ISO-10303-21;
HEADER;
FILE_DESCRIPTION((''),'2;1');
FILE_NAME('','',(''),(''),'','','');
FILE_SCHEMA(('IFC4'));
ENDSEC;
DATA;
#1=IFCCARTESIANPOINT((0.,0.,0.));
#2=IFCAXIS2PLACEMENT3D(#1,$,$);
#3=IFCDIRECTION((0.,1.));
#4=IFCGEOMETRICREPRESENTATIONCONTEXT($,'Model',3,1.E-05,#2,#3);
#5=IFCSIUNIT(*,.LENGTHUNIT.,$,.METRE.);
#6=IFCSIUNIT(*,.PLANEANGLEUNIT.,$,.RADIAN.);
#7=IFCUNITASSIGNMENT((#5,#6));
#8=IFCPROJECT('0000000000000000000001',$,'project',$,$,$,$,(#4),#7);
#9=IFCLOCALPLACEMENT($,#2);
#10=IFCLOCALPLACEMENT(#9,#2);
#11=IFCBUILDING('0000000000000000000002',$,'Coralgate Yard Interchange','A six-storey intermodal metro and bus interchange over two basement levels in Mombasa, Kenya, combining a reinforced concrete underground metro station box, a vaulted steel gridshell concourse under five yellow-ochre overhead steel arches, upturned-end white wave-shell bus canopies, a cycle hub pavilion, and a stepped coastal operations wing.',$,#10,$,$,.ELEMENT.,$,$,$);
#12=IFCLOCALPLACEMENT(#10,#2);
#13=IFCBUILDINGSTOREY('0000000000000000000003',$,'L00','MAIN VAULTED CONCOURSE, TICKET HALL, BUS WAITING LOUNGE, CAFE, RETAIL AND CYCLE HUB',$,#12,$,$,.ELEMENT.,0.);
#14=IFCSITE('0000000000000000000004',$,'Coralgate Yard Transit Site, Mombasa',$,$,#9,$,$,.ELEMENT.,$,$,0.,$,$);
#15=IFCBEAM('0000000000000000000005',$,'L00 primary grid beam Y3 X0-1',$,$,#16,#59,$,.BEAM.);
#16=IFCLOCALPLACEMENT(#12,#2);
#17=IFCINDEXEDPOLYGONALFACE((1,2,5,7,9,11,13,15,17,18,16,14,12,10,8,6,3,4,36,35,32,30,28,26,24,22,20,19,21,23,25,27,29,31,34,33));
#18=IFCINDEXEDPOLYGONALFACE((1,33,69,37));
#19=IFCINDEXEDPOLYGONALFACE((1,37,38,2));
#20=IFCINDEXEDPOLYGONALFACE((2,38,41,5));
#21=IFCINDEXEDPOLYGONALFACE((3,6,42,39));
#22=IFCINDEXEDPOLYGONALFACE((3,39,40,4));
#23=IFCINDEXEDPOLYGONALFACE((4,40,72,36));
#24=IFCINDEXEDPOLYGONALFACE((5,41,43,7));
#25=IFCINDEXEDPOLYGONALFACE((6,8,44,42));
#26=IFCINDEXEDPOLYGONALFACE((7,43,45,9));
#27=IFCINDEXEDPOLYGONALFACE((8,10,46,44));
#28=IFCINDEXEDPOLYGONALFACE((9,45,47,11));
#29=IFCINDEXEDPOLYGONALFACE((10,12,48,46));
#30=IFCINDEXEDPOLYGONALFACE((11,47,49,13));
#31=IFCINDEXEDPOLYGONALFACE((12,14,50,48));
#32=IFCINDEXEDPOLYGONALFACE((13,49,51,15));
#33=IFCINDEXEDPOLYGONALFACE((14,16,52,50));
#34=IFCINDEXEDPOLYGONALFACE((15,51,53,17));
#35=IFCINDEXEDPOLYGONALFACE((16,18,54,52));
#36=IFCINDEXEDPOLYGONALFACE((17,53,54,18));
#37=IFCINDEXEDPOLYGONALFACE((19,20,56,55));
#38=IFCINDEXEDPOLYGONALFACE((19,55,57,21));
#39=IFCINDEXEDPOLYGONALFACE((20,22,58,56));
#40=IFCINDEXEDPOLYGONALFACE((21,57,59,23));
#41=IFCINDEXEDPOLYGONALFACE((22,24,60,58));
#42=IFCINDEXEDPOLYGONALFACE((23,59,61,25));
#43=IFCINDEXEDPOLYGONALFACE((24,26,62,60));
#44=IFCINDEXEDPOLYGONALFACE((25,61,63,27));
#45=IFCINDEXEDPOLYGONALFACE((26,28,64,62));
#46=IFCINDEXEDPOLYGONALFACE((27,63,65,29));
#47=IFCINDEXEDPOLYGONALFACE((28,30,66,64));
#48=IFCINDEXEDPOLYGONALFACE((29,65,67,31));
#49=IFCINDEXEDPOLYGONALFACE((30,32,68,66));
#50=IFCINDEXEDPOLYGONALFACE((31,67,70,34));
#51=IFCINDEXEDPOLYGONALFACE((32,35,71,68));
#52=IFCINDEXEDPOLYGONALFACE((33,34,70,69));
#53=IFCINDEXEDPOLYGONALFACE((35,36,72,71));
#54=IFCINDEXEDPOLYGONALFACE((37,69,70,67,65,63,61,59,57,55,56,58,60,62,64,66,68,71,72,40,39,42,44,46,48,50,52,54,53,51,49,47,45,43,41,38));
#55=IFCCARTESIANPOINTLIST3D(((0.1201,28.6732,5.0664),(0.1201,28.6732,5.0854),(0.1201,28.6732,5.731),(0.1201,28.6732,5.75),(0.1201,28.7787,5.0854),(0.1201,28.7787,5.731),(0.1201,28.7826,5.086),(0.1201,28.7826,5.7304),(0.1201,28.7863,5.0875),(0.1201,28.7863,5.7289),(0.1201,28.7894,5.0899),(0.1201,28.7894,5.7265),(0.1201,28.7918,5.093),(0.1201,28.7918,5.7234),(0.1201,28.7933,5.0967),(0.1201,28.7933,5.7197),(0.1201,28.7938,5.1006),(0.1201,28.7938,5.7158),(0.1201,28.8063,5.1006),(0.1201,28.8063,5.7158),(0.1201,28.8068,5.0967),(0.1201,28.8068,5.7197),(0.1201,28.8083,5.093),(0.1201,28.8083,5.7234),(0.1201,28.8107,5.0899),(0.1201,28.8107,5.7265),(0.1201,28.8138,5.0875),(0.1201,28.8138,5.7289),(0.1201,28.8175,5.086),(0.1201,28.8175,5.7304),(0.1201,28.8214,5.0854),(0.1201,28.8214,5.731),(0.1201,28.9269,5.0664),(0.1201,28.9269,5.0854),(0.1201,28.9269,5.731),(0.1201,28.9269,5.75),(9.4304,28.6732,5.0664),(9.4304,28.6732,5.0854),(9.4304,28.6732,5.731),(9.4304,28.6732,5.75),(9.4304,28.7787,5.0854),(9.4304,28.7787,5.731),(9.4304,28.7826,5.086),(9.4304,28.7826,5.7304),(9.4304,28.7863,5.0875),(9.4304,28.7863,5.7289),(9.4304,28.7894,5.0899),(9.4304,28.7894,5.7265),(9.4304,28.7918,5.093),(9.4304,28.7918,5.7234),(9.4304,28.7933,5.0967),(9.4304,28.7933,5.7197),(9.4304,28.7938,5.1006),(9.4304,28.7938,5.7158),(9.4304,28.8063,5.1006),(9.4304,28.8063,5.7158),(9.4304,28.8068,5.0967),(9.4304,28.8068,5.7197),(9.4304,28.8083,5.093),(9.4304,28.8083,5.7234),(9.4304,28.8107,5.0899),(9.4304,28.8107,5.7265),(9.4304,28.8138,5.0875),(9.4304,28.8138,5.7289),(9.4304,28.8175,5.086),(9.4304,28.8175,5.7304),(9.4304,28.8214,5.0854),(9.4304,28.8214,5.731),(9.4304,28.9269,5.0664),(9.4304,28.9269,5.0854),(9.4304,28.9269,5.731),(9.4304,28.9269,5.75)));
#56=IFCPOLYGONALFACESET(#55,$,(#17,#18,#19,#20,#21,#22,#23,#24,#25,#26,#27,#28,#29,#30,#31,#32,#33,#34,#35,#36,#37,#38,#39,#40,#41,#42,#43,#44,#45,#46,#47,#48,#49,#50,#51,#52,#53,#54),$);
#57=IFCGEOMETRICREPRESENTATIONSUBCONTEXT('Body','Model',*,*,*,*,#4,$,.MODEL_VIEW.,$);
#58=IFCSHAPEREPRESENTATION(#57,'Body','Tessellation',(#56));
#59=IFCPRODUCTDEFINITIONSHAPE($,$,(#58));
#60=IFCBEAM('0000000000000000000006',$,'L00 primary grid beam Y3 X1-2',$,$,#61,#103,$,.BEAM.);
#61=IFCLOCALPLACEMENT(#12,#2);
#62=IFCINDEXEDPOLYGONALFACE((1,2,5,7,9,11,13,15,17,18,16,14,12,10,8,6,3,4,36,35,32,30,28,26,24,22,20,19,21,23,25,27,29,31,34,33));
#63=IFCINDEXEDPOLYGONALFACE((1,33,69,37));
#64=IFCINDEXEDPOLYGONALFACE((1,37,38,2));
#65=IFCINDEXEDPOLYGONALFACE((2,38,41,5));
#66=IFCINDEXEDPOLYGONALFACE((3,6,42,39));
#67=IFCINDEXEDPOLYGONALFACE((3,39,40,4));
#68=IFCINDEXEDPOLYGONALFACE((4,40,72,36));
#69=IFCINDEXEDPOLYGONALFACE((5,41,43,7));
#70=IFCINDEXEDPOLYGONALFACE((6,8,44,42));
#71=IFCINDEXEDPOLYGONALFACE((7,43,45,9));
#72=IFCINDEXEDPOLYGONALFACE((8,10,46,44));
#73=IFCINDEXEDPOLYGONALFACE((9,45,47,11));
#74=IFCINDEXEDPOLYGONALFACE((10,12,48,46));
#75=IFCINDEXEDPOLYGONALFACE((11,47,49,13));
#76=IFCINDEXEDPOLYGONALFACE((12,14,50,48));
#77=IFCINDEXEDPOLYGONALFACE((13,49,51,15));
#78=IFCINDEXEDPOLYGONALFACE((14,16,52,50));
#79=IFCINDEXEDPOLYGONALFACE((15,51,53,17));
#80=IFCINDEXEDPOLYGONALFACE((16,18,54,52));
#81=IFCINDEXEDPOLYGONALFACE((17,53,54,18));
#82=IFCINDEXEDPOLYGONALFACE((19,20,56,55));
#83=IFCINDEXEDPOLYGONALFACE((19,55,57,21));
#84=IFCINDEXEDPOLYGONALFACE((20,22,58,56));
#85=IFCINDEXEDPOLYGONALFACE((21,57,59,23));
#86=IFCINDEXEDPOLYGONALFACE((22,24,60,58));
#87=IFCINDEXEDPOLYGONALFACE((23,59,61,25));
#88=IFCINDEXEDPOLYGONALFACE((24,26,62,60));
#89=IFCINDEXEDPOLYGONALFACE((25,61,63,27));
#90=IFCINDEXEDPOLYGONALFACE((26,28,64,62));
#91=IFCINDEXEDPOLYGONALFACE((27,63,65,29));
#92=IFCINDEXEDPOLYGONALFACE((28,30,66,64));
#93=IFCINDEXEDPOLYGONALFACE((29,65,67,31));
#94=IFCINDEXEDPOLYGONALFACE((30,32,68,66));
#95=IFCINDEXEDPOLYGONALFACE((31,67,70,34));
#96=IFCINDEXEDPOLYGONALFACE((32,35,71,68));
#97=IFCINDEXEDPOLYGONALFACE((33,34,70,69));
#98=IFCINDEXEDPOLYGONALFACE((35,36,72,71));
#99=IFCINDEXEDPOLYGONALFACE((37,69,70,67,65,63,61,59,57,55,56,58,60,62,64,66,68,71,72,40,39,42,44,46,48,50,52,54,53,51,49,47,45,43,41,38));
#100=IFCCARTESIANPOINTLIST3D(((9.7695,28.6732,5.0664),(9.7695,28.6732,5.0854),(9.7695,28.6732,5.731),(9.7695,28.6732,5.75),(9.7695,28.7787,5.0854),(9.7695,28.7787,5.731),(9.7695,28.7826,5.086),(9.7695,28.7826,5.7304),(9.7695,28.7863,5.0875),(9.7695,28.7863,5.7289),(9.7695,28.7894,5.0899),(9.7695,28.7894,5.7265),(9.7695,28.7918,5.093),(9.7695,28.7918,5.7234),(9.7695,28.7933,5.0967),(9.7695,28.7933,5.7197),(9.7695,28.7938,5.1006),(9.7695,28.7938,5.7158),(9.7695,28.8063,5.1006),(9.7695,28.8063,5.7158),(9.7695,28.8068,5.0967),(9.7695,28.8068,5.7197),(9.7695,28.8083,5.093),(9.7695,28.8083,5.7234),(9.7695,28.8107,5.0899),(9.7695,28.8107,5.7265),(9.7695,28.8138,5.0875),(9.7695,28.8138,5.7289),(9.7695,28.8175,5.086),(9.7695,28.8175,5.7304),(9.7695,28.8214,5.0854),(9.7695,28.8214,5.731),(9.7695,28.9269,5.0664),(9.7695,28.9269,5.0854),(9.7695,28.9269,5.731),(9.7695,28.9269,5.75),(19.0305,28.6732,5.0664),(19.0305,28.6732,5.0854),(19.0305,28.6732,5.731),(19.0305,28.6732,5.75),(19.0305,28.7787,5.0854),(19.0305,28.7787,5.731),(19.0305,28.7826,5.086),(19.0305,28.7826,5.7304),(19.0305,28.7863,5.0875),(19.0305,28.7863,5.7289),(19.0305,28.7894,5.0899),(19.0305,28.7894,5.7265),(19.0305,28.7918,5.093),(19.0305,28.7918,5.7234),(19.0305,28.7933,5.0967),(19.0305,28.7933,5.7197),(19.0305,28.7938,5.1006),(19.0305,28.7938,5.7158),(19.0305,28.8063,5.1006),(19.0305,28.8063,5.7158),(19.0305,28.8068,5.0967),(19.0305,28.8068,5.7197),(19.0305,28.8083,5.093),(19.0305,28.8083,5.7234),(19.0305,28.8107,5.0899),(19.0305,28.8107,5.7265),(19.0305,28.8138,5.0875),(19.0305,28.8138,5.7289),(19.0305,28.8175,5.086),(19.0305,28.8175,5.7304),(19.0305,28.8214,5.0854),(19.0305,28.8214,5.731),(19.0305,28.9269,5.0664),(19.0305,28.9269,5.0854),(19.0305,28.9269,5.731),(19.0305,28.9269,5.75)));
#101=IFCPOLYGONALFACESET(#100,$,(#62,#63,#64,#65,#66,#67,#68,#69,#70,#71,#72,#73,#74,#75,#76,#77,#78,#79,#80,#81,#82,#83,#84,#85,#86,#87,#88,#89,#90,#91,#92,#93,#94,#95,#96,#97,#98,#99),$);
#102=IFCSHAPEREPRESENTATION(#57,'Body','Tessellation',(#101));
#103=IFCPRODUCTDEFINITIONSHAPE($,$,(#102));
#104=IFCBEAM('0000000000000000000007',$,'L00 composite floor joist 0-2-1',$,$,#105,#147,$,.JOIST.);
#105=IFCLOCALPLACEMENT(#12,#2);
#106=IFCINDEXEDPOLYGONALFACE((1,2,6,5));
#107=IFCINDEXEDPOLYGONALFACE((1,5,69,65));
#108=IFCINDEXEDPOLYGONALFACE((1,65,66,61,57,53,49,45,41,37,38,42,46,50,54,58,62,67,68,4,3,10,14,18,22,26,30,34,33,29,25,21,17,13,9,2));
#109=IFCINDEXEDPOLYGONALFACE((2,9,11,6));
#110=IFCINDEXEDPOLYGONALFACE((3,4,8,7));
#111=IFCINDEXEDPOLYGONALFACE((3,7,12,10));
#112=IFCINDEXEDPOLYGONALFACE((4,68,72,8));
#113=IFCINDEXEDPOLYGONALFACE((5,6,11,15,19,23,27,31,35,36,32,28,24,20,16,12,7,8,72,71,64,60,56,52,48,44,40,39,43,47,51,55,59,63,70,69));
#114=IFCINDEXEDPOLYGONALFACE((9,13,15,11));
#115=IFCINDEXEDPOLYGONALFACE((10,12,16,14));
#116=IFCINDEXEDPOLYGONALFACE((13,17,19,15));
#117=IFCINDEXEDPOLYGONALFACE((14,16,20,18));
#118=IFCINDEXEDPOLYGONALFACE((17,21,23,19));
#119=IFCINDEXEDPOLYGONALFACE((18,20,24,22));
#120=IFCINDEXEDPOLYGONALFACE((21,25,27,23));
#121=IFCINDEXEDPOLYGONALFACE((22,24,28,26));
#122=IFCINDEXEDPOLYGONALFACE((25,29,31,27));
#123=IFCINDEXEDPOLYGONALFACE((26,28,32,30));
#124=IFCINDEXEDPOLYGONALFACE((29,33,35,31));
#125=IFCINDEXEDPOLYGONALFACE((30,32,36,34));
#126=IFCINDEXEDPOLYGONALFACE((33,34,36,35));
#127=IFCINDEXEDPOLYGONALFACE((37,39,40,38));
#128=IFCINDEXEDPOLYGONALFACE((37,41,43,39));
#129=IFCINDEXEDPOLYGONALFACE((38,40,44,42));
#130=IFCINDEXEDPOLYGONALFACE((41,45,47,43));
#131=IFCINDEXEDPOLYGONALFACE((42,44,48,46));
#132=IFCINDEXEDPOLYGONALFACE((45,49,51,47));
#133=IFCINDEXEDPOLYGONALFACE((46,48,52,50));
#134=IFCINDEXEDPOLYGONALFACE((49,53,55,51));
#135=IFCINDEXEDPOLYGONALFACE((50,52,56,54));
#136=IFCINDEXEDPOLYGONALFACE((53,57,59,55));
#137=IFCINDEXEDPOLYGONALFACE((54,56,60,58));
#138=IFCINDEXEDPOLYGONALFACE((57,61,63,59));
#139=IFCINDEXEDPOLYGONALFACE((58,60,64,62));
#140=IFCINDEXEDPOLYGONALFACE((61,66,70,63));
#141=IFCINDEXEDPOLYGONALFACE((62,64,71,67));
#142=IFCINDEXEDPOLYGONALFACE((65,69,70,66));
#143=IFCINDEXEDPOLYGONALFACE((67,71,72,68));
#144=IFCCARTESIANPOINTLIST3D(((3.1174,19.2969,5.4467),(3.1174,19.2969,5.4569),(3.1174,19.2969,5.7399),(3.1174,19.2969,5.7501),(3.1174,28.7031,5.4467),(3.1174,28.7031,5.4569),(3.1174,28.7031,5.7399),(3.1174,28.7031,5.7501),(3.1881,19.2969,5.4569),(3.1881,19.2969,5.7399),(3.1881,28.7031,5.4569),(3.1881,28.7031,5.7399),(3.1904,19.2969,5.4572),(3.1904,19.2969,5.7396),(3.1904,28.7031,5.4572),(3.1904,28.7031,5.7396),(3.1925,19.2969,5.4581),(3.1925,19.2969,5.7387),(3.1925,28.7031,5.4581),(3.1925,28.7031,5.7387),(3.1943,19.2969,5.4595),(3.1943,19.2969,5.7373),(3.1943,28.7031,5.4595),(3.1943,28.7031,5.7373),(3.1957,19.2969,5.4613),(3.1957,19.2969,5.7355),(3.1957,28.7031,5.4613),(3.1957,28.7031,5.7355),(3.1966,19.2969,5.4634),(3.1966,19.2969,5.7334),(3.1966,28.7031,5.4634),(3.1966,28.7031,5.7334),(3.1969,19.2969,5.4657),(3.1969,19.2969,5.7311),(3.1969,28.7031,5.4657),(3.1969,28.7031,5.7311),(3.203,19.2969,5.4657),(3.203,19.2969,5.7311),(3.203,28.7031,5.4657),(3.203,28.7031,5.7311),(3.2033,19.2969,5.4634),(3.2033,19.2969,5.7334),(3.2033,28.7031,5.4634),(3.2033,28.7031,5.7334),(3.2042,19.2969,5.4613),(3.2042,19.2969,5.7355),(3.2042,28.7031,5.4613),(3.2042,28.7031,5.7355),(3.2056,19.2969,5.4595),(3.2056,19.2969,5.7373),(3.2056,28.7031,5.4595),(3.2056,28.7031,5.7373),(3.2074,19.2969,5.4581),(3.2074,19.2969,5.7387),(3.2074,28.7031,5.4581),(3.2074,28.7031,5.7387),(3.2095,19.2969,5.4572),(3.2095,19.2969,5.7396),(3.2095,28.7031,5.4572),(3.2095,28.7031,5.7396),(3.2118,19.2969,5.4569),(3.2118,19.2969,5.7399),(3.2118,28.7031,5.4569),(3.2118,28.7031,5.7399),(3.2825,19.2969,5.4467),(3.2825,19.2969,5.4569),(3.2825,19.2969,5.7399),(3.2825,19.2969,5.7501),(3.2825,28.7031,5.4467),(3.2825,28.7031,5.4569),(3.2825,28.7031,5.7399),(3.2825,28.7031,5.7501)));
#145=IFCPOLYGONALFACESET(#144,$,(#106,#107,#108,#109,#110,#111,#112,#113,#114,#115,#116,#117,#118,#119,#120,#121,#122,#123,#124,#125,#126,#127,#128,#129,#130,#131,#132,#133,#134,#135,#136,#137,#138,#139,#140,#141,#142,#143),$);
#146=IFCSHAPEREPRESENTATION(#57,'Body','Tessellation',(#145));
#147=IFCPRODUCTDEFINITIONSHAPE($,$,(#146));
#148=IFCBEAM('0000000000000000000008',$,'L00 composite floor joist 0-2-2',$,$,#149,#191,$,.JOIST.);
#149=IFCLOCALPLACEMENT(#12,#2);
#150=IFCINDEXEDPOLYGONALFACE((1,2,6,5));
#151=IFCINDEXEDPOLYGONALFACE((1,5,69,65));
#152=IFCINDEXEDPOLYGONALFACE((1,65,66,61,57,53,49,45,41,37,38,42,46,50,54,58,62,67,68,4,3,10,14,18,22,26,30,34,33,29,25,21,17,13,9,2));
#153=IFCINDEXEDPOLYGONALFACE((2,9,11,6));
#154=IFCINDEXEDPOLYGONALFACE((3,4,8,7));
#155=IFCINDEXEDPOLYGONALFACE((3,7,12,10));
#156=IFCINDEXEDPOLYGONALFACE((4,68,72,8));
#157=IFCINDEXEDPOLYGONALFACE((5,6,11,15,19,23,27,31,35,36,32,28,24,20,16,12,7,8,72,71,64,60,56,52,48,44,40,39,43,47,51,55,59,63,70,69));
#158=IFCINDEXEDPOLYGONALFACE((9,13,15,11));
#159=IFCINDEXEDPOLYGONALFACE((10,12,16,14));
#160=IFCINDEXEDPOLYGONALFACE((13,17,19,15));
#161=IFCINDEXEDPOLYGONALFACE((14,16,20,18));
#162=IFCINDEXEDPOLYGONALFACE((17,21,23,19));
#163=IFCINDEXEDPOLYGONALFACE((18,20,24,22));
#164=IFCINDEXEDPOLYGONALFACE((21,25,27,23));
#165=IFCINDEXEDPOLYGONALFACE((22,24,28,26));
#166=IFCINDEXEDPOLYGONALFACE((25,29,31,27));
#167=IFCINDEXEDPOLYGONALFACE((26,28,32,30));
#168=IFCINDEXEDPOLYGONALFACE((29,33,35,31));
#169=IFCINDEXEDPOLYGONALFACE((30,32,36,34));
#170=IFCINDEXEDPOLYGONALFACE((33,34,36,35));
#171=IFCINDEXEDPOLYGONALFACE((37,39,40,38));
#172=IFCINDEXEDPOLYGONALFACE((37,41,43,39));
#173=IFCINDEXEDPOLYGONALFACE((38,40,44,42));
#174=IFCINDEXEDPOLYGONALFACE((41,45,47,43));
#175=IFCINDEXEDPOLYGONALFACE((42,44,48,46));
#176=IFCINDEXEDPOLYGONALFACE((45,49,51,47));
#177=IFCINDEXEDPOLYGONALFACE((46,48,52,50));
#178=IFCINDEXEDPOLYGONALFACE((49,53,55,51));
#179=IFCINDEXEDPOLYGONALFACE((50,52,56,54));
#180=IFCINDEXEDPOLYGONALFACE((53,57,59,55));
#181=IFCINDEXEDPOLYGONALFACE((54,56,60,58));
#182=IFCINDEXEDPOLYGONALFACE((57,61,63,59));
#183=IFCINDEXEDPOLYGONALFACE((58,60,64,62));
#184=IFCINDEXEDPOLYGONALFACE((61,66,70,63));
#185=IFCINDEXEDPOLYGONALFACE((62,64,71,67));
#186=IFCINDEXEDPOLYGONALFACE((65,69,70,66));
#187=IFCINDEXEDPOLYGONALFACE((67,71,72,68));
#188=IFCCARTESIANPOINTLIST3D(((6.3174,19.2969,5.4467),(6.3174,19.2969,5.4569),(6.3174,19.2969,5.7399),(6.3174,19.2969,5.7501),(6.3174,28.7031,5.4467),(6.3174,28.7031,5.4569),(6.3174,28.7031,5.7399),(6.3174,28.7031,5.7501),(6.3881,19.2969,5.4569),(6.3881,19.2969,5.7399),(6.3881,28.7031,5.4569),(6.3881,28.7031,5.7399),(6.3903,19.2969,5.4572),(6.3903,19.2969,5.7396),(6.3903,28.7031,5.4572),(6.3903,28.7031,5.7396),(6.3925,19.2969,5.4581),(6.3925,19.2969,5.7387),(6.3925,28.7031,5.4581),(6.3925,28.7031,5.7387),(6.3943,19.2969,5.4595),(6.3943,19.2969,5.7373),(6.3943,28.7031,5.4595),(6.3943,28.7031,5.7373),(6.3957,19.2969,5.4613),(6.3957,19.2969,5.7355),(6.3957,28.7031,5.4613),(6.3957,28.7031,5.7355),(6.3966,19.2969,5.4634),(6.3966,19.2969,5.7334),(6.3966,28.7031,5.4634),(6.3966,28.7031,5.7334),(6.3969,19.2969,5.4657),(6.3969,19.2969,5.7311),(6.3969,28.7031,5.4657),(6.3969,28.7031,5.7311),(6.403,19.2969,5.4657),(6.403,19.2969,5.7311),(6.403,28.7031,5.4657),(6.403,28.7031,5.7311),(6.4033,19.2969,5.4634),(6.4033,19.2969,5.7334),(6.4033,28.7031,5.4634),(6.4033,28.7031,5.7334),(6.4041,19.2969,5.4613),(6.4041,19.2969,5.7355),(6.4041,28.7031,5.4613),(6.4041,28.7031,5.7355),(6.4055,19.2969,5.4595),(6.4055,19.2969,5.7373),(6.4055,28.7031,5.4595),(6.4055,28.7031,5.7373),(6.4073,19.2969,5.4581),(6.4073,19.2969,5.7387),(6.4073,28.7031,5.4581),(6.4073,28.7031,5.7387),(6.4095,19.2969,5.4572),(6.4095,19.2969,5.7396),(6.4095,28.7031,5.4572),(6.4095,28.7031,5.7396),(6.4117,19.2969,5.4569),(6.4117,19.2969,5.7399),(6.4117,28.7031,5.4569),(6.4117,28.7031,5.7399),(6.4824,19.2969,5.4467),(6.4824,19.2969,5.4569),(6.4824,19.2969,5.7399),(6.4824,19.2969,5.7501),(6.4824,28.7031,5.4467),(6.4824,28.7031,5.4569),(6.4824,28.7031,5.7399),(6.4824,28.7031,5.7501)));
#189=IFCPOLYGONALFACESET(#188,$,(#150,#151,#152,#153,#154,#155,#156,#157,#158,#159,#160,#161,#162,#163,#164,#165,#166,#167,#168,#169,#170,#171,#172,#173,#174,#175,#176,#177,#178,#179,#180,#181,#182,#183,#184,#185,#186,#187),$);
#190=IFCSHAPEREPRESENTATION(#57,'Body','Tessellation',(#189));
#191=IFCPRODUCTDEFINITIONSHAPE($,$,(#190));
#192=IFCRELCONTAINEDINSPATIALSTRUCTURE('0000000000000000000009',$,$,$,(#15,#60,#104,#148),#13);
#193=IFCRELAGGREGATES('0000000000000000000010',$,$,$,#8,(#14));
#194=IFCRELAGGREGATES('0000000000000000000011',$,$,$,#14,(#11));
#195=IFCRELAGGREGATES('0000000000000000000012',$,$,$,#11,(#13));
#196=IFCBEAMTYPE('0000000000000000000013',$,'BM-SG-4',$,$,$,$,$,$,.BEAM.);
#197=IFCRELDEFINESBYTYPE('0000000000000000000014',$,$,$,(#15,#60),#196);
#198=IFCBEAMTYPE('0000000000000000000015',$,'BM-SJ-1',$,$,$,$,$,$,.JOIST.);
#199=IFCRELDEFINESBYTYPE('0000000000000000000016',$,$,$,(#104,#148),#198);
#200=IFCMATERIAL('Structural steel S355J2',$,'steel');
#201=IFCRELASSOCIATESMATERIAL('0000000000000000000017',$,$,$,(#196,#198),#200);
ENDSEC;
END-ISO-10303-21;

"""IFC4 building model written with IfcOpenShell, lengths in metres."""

from ifc_helpers import new_model, si_unit, direction, frame, origin, origin_2d, place, context, subcontext, project, spatial, i_section, extrude, material, material_profile, profile_set, type_object, element, save


model = new_model("IFC4")

# Units and contexts
model_context = context("Model", 3, precision=1e-05, world=origin(), true_north=direction((0.0, 1.0)))
body_context = subcontext(model_context, "Body", "Model", "MODEL_VIEW")
ifc_project = project(units=[si_unit("LENGTHUNIT", "METRE"), si_unit("PLANEANGLEUNIT", "RADIAN")], contexts=[model_context])

# Site, building, storey
site_placement = place(None, origin())
site = spatial("IfcSite", under=ifc_project, at=site_placement, Name="Coralgate Yard Transit Site, Mombasa", CompositionType="ELEMENT", RefElevation=0.0)
building_placement = place(site_placement, origin())
building = spatial("IfcBuilding", under=site, at=building_placement, Name="Coralgate Yard Interchange", Description="A six-storey intermodal metro and bus interchange over two basement levels in Mombasa, Kenya, combining a reinforced concrete underground metro station box, a vaulted steel gridshell concourse under five yellow-ochre overhead steel arches, upturned-end white wave-shell bus canopies, a cycle hub pavilion, and a stepped coastal operations wing.", CompositionType="ELEMENT")
storey_placement = place(building_placement, origin())
storey = spatial("IfcBuildingStorey", under=building, at=storey_placement, Name="L00", Description="MAIN VAULTED CONCOURSE, TICKET HALL, BUS WAITING LOUNGE, CAFE, RETAIL AND CYCLE HUB", CompositionType="ELEMENT", Elevation=0.0)

# Shared definitions
ifc_material_1 = material(Name="Structural steel S355J2", Category="steel")

# Beams
ifc_material_profile_1 = material_profile(ifc_material_1, i_section(OverallWidth=0.2537, OverallDepth=0.6836, WebThickness=0.0125, FlangeThickness=0.019, FilletRadius=0.0151, at=origin_2d()), Name="UB 686x254x140")
ifc_profile_set_1 = profile_set([ifc_material_profile_1], Name="Structural steel S355J2")
beam_type_1 = type_object("IfcBeamType", Name="BM-SG-4", PredefinedType="BEAM", material=ifc_profile_set_1)
beam_1_placement = place(storey_placement, frame((0.1201, 28.8, 5.4082), z_axis=(1.0, 0.0, 0.0), x_axis=(0.0, 1.0, 0.0)))
element("IfcBeam", 1, at=beam_1_placement, inside=storey, type_object=beam_type_1, Name="L00 primary grid beam Y3 X0-1", PredefinedType="BEAM", context=body_context, shape_type="SweptSolid", body=[
    extrude(i_section(OverallWidth=0.2537, OverallDepth=0.6836, WebThickness=0.0125, FlangeThickness=0.019, FilletRadius=0.0151, at=origin_2d()), origin(), (0.0, 0.0, 1.0), 9.3103),
])
beam_2_placement = place(storey_placement, frame((9.7695, 28.8, 5.4082), z_axis=(1.0, 0.0, 0.0), x_axis=(0.0, 1.0, 0.0)))
element("IfcBeam", 2, at=beam_2_placement, inside=storey, type_object=beam_type_1, Name="L00 primary grid beam Y3 X1-2", PredefinedType="BEAM", context=body_context, shape_type="SweptSolid", body=[
    extrude(i_section(OverallWidth=0.2537, OverallDepth=0.6836, WebThickness=0.0125, FlangeThickness=0.019, FilletRadius=0.0151, at=origin_2d()), origin(), (0.0, 0.0, 1.0), 9.261),
])
ifc_material_profile_2 = material_profile(ifc_material_1, i_section(OverallWidth=0.165, OverallDepth=0.3035, WebThickness=0.0061, FlangeThickness=0.0103, FilletRadius=0.0088, at=origin_2d()), Name="UB 305x165x40")
ifc_profile_set_2 = profile_set([ifc_material_profile_2], Name="Structural steel S355J2")
beam_type_2 = type_object("IfcBeamType", Name="BM-SJ-1", PredefinedType="JOIST", material=ifc_profile_set_2)
for number, where, z_axis, x_axis, name in (
    (3, (3.2, 19.2969, 5.5984), (0.0, 1.0, 0.0), (-1.0, 0.0, 0.0), "L00 composite floor joist 0-2-1"),
    (4, (6.3999, 19.2969, 5.5984), (0.0, 1.0, 0.0), (-1.0, 0.0, 0.0), "L00 composite floor joist 0-2-2"),
):
    element("IfcBeam", number, at=place(storey_placement, frame(where, z_axis=z_axis, x_axis=x_axis)), inside=storey, type_object=beam_type_2, Name=name, PredefinedType="JOIST", context=body_context, shape_type="SweptSolid", body=[
        extrude(i_section(OverallWidth=0.165, OverallDepth=0.3035, WebThickness=0.0061, FlangeThickness=0.0103, FilletRadius=0.0088, at=origin_2d()), origin(), (0.0, 0.0, 1.0), 9.4062),
    ])

save(model, "model.ifc")
